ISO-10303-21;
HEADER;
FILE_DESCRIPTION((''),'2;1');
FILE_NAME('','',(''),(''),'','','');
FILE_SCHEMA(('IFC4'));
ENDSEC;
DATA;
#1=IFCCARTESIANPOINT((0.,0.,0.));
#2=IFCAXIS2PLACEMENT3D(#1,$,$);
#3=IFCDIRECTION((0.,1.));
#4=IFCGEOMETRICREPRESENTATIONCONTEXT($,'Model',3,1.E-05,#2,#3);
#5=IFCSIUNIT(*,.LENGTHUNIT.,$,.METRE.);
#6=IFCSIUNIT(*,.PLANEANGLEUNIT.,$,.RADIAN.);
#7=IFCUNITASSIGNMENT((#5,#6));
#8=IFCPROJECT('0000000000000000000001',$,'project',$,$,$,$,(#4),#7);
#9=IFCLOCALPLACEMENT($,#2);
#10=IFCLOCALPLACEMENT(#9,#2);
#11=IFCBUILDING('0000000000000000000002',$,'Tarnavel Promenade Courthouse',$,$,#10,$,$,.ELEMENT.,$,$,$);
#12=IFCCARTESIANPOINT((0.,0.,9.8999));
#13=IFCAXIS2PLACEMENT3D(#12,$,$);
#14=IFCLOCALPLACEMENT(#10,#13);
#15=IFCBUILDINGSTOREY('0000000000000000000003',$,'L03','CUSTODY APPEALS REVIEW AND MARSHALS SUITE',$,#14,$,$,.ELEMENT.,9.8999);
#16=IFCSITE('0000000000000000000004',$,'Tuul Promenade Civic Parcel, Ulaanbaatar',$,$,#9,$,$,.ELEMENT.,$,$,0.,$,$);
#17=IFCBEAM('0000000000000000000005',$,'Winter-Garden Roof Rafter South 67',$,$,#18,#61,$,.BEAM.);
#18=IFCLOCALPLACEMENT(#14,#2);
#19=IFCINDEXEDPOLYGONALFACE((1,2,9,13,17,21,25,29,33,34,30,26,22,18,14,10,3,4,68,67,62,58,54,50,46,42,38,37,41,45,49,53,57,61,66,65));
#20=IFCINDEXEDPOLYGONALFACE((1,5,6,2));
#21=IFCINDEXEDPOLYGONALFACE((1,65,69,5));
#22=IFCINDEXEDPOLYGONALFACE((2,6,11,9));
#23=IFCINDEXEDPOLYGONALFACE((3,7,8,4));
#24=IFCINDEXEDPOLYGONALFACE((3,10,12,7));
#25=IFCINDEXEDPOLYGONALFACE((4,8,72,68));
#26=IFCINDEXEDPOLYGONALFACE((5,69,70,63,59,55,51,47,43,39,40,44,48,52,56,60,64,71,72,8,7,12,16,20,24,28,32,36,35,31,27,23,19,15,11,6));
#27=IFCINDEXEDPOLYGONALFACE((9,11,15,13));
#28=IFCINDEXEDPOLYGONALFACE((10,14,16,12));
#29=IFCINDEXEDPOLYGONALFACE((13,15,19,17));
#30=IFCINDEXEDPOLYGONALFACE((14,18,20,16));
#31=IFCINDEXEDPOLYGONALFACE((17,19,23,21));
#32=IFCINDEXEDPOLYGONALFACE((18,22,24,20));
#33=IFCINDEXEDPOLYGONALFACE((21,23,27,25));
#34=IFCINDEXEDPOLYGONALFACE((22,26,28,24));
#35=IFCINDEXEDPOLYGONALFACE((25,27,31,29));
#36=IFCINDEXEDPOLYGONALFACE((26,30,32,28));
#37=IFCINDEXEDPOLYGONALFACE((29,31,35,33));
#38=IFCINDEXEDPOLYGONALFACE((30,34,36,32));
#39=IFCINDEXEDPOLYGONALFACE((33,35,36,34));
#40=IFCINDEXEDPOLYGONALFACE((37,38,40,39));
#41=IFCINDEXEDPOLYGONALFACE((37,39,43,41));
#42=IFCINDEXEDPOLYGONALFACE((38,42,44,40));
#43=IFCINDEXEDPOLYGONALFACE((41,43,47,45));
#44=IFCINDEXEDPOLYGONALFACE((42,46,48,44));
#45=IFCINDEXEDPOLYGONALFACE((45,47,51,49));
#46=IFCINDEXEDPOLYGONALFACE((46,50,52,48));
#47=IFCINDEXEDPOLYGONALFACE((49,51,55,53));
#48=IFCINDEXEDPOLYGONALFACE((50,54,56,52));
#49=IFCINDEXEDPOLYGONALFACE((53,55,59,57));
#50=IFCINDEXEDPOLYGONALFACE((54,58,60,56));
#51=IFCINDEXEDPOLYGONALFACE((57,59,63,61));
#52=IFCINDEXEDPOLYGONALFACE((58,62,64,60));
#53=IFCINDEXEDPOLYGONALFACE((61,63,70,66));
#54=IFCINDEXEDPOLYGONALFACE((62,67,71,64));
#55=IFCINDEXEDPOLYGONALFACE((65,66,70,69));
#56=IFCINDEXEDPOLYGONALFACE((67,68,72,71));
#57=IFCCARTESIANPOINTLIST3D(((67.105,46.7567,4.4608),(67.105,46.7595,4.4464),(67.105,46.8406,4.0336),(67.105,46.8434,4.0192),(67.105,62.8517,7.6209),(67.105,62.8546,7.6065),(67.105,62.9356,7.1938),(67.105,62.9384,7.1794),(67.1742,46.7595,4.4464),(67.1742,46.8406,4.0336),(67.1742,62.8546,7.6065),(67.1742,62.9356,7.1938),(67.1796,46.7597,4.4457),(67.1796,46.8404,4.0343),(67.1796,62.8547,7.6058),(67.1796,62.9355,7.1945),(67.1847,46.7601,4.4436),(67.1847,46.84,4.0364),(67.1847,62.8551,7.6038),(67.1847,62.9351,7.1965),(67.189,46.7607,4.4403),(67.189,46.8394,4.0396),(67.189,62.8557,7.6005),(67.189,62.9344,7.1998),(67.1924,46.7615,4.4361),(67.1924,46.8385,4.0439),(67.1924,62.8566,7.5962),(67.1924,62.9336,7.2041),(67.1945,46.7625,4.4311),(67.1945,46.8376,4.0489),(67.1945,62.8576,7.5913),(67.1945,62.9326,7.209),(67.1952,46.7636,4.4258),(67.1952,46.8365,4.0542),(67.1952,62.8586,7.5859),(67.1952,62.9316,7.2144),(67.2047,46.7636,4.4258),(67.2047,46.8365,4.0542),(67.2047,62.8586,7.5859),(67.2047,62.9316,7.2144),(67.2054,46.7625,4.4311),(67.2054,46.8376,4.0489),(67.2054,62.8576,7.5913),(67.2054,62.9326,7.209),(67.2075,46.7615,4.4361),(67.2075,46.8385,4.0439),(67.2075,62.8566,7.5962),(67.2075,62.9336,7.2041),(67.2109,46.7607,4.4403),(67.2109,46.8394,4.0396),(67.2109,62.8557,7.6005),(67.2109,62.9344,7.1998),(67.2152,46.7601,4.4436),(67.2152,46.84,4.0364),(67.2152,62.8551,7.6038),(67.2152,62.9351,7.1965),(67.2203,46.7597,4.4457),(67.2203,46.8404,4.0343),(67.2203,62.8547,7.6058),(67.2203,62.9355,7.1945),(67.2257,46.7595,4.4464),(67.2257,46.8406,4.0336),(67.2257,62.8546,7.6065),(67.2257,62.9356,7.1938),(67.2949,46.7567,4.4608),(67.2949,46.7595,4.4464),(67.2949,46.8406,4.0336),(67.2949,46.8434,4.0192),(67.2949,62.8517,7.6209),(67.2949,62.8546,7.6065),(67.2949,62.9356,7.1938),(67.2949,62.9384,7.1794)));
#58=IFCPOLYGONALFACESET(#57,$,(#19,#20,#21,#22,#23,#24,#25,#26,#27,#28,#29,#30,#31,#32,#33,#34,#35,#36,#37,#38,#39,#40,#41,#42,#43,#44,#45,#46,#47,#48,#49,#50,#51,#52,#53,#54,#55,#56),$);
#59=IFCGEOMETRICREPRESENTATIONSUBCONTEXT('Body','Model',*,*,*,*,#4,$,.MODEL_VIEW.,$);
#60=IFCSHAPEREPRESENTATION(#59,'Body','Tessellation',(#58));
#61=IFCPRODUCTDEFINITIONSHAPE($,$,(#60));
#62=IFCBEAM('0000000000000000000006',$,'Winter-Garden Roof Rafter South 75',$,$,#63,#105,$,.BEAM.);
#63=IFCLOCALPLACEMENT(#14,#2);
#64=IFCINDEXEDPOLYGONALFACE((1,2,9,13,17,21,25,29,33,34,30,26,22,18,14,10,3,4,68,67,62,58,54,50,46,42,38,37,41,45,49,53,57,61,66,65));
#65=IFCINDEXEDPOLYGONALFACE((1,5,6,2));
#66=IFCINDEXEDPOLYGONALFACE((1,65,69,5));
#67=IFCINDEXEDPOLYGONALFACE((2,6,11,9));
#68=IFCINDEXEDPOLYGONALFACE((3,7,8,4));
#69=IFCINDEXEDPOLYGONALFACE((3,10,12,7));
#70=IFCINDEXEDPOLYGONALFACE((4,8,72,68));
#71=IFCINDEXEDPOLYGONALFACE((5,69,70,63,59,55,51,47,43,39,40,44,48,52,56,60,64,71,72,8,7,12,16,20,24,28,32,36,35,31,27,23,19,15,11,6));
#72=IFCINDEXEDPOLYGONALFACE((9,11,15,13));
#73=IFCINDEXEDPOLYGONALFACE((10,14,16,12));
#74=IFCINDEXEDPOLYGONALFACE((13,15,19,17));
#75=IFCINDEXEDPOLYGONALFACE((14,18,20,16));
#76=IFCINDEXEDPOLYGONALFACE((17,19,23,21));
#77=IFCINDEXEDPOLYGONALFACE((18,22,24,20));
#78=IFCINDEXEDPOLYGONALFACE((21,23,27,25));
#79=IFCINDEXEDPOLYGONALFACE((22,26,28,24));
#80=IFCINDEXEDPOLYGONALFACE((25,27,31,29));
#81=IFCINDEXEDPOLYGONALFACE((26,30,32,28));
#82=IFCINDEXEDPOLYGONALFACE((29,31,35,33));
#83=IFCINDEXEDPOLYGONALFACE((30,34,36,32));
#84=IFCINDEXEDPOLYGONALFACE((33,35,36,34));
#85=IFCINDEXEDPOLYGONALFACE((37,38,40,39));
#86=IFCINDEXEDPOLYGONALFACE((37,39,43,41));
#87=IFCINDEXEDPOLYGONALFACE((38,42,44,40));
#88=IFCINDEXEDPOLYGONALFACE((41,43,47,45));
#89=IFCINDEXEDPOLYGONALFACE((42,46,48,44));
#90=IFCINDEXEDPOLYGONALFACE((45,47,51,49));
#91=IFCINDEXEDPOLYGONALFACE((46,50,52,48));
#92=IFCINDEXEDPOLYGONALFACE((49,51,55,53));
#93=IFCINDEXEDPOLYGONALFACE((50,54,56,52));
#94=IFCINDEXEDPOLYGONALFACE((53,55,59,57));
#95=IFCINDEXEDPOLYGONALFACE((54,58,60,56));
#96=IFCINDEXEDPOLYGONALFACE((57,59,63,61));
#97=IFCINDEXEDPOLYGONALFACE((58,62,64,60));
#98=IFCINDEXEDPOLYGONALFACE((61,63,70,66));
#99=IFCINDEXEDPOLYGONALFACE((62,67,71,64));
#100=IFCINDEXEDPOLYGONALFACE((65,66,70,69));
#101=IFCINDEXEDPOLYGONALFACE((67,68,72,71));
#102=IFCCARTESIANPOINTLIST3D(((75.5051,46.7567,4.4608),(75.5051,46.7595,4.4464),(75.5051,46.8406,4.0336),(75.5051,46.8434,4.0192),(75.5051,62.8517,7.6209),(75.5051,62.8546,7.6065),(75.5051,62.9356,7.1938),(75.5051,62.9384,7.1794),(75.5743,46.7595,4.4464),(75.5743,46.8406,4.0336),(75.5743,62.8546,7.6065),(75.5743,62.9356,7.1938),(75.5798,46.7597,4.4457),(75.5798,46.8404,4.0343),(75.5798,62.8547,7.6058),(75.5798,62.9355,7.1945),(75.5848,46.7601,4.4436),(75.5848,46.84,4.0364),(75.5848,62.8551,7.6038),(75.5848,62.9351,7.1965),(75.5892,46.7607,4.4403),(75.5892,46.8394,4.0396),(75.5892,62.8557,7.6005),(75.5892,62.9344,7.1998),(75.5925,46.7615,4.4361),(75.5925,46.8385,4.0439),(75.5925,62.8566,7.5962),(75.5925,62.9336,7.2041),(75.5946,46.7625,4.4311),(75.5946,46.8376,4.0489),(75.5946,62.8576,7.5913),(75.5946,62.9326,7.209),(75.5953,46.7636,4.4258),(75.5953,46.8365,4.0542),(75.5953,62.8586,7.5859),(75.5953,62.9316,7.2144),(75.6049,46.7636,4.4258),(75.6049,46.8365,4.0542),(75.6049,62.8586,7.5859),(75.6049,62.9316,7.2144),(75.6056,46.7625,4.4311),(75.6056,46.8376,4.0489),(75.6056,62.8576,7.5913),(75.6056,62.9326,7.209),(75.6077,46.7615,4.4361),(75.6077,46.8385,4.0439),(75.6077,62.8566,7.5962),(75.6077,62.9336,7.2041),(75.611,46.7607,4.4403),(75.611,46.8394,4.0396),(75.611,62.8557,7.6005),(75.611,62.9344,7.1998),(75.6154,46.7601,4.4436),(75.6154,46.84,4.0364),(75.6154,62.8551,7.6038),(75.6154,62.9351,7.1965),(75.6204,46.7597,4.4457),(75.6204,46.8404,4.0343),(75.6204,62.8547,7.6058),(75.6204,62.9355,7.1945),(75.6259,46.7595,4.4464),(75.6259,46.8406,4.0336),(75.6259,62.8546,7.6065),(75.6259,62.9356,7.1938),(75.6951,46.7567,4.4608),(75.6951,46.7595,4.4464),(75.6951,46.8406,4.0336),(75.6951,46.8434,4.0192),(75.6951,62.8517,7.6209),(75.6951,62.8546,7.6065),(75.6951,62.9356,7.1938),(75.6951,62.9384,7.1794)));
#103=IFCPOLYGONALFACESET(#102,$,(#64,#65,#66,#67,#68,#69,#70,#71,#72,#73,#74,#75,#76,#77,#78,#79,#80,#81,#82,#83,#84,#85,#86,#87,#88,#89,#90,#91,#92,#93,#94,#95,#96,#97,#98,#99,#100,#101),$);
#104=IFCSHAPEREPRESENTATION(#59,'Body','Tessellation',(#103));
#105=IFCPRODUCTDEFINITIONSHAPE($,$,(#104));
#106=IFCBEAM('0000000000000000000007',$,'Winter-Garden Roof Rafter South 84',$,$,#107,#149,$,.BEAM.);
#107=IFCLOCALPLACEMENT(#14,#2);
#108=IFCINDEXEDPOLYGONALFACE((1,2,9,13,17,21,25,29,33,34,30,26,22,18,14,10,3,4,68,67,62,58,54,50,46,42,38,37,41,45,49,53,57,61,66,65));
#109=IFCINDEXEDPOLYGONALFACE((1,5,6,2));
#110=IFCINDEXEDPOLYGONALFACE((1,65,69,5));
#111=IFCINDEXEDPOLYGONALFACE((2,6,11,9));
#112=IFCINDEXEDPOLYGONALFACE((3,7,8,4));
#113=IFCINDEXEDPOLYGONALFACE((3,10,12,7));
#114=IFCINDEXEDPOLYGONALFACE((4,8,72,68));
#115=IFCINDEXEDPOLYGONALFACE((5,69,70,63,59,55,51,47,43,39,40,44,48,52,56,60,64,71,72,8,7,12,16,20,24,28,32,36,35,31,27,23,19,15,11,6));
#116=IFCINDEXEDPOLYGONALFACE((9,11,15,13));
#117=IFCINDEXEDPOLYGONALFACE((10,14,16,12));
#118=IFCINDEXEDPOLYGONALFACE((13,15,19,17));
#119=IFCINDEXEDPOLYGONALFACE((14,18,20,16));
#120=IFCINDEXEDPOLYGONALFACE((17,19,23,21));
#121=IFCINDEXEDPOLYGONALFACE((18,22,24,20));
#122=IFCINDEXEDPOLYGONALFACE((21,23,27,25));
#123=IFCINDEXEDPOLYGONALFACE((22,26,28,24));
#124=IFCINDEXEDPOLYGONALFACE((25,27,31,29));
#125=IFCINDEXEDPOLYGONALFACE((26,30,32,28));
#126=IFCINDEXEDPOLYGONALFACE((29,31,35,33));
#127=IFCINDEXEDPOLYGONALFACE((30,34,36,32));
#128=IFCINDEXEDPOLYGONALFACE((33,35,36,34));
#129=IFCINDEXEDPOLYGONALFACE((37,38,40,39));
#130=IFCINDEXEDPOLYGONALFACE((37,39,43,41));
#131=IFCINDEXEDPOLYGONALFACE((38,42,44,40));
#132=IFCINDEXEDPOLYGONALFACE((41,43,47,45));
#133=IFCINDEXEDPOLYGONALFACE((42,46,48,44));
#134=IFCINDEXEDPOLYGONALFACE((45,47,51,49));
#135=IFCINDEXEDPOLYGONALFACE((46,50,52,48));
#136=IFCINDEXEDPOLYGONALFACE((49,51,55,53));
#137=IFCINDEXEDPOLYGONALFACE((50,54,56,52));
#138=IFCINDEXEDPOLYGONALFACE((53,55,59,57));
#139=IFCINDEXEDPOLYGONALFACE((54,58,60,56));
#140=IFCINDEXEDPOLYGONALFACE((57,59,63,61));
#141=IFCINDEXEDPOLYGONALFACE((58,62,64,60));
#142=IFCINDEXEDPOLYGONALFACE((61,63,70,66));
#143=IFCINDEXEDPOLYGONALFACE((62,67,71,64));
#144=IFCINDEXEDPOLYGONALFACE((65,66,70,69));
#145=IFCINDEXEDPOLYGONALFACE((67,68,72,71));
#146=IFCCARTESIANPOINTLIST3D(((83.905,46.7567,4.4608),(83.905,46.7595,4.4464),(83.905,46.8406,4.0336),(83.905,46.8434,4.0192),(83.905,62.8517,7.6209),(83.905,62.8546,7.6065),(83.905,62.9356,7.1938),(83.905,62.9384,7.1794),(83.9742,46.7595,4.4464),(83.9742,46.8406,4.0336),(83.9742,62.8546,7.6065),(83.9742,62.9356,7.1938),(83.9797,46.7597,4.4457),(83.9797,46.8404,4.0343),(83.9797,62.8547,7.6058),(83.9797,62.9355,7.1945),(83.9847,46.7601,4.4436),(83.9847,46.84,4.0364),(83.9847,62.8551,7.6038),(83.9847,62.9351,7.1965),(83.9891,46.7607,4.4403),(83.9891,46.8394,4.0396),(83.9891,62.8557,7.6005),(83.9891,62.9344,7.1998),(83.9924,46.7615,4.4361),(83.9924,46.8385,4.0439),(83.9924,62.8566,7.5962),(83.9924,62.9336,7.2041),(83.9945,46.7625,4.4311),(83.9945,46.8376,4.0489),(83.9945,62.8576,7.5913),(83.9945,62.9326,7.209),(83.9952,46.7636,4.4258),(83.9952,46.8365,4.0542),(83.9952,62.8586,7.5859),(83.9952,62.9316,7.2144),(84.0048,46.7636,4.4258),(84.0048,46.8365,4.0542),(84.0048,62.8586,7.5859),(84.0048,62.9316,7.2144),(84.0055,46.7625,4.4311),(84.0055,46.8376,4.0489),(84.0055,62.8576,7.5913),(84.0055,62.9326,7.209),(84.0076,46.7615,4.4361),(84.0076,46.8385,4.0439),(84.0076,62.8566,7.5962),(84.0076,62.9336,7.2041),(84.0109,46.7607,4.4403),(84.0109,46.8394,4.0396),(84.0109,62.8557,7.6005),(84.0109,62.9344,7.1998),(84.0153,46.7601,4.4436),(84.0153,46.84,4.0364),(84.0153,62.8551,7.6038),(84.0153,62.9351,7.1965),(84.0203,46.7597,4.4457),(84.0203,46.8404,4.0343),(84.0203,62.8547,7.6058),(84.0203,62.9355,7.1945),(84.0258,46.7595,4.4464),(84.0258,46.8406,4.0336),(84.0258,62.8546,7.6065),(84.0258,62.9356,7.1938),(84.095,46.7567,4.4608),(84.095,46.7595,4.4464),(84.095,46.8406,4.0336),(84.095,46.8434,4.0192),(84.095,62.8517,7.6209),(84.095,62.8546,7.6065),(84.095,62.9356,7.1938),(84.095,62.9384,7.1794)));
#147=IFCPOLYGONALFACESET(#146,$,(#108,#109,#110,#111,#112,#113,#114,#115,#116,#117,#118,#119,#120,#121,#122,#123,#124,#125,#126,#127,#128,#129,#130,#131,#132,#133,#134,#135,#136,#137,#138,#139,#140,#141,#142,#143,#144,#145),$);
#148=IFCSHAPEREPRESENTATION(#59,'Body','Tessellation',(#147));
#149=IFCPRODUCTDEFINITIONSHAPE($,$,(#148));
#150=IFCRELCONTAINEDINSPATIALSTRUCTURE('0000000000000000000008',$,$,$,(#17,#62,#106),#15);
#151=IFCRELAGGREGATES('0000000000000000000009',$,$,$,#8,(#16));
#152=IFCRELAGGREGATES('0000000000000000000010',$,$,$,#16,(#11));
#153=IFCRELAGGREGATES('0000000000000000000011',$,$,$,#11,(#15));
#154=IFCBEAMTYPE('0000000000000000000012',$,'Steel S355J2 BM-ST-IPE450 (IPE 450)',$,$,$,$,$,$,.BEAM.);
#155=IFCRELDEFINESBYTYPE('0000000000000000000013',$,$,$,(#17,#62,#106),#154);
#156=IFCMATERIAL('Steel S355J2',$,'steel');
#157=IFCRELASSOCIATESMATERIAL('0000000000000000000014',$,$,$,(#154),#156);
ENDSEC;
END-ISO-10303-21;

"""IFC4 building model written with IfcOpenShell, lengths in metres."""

from ifc_helpers import new_model, si_unit, direction, frame, origin, origin_2d, place, context, subcontext, project, spatial, i_section, extrude, material, material_profile, profile_set, type_object, element, save


model = new_model("IFC4")

# Units and contexts
model_context = context("Model", 3, precision=1e-05, world=origin(), true_north=direction((0.0, 1.0)))
body_context = subcontext(model_context, "Body", "Model", "MODEL_VIEW")
ifc_project = project(units=[si_unit("LENGTHUNIT", "METRE"), si_unit("PLANEANGLEUNIT", "RADIAN")], contexts=[model_context])

# Site, building, storey
site_placement = place(None, origin())
site = spatial("IfcSite", under=ifc_project, at=site_placement, Name="Tuul Promenade Civic Parcel, Ulaanbaatar", CompositionType="ELEMENT", RefElevation=0.0)
building_placement = place(site_placement, origin())
building = spatial("IfcBuilding", under=site, at=building_placement, Name="Tarnavel Promenade Courthouse", CompositionType="ELEMENT")
storey_placement = place(building_placement, frame((0.0, 0.0, 9.8999)))
storey = spatial("IfcBuildingStorey", under=building, at=storey_placement, Name="L03", Description="CUSTODY APPEALS REVIEW AND MARSHALS SUITE", CompositionType="ELEMENT", Elevation=9.8999)

# Beams
ifc_material_1 = material(Name="Steel S355J2", Category="steel")
ifc_material_profile_1 = material_profile(ifc_material_1, i_section(OverallWidth=0.1899, OverallDepth=0.45, WebThickness=0.0095, FlangeThickness=0.0146, FilletRadius=0.021, at=origin_2d()), Name="IPE 450")
ifc_profile_set_1 = profile_set([ifc_material_profile_1], Name="Steel S355J2")
beam_type_1 = type_object("IfcBeamType", Name="Steel S355J2 BM-ST-IPE450 (IPE 450)", PredefinedType="BEAM", material=ifc_profile_set_1)
for number, where, z_axis, x_axis, name in (
    (1, (67.2, 46.8, 4.24), (0.0, 0.981264, 0.192666), (-1.0, 0.0, 0.0), "Winter-Garden Roof Rafter South 67"),
    (2, (75.6001, 46.8, 4.24), (0.0, 0.981264, 0.192666), (-1.0, 0.0, 0.0), "Winter-Garden Roof Rafter South 75"),
    (3, (84.0, 46.8, 4.24), (0.0, 0.981264, 0.192666), (-1.0, 0.0, 0.0), "Winter-Garden Roof Rafter South 84"),
):
    element("IfcBeam", number, at=place(storey_placement, frame(where, z_axis=z_axis, x_axis=x_axis)), inside=storey, type_object=beam_type_1, Name=name, PredefinedType="BEAM", context=body_context, shape_type="SweptSolid", body=[
        extrude(i_section(OverallWidth=0.1899, OverallDepth=0.45, WebThickness=0.0095, FlangeThickness=0.0146, FilletRadius=0.021, at=origin_2d()), origin(), (0.0, 0.0, 1.0), 16.4023),
    ])

save(model, "model.ifc")
